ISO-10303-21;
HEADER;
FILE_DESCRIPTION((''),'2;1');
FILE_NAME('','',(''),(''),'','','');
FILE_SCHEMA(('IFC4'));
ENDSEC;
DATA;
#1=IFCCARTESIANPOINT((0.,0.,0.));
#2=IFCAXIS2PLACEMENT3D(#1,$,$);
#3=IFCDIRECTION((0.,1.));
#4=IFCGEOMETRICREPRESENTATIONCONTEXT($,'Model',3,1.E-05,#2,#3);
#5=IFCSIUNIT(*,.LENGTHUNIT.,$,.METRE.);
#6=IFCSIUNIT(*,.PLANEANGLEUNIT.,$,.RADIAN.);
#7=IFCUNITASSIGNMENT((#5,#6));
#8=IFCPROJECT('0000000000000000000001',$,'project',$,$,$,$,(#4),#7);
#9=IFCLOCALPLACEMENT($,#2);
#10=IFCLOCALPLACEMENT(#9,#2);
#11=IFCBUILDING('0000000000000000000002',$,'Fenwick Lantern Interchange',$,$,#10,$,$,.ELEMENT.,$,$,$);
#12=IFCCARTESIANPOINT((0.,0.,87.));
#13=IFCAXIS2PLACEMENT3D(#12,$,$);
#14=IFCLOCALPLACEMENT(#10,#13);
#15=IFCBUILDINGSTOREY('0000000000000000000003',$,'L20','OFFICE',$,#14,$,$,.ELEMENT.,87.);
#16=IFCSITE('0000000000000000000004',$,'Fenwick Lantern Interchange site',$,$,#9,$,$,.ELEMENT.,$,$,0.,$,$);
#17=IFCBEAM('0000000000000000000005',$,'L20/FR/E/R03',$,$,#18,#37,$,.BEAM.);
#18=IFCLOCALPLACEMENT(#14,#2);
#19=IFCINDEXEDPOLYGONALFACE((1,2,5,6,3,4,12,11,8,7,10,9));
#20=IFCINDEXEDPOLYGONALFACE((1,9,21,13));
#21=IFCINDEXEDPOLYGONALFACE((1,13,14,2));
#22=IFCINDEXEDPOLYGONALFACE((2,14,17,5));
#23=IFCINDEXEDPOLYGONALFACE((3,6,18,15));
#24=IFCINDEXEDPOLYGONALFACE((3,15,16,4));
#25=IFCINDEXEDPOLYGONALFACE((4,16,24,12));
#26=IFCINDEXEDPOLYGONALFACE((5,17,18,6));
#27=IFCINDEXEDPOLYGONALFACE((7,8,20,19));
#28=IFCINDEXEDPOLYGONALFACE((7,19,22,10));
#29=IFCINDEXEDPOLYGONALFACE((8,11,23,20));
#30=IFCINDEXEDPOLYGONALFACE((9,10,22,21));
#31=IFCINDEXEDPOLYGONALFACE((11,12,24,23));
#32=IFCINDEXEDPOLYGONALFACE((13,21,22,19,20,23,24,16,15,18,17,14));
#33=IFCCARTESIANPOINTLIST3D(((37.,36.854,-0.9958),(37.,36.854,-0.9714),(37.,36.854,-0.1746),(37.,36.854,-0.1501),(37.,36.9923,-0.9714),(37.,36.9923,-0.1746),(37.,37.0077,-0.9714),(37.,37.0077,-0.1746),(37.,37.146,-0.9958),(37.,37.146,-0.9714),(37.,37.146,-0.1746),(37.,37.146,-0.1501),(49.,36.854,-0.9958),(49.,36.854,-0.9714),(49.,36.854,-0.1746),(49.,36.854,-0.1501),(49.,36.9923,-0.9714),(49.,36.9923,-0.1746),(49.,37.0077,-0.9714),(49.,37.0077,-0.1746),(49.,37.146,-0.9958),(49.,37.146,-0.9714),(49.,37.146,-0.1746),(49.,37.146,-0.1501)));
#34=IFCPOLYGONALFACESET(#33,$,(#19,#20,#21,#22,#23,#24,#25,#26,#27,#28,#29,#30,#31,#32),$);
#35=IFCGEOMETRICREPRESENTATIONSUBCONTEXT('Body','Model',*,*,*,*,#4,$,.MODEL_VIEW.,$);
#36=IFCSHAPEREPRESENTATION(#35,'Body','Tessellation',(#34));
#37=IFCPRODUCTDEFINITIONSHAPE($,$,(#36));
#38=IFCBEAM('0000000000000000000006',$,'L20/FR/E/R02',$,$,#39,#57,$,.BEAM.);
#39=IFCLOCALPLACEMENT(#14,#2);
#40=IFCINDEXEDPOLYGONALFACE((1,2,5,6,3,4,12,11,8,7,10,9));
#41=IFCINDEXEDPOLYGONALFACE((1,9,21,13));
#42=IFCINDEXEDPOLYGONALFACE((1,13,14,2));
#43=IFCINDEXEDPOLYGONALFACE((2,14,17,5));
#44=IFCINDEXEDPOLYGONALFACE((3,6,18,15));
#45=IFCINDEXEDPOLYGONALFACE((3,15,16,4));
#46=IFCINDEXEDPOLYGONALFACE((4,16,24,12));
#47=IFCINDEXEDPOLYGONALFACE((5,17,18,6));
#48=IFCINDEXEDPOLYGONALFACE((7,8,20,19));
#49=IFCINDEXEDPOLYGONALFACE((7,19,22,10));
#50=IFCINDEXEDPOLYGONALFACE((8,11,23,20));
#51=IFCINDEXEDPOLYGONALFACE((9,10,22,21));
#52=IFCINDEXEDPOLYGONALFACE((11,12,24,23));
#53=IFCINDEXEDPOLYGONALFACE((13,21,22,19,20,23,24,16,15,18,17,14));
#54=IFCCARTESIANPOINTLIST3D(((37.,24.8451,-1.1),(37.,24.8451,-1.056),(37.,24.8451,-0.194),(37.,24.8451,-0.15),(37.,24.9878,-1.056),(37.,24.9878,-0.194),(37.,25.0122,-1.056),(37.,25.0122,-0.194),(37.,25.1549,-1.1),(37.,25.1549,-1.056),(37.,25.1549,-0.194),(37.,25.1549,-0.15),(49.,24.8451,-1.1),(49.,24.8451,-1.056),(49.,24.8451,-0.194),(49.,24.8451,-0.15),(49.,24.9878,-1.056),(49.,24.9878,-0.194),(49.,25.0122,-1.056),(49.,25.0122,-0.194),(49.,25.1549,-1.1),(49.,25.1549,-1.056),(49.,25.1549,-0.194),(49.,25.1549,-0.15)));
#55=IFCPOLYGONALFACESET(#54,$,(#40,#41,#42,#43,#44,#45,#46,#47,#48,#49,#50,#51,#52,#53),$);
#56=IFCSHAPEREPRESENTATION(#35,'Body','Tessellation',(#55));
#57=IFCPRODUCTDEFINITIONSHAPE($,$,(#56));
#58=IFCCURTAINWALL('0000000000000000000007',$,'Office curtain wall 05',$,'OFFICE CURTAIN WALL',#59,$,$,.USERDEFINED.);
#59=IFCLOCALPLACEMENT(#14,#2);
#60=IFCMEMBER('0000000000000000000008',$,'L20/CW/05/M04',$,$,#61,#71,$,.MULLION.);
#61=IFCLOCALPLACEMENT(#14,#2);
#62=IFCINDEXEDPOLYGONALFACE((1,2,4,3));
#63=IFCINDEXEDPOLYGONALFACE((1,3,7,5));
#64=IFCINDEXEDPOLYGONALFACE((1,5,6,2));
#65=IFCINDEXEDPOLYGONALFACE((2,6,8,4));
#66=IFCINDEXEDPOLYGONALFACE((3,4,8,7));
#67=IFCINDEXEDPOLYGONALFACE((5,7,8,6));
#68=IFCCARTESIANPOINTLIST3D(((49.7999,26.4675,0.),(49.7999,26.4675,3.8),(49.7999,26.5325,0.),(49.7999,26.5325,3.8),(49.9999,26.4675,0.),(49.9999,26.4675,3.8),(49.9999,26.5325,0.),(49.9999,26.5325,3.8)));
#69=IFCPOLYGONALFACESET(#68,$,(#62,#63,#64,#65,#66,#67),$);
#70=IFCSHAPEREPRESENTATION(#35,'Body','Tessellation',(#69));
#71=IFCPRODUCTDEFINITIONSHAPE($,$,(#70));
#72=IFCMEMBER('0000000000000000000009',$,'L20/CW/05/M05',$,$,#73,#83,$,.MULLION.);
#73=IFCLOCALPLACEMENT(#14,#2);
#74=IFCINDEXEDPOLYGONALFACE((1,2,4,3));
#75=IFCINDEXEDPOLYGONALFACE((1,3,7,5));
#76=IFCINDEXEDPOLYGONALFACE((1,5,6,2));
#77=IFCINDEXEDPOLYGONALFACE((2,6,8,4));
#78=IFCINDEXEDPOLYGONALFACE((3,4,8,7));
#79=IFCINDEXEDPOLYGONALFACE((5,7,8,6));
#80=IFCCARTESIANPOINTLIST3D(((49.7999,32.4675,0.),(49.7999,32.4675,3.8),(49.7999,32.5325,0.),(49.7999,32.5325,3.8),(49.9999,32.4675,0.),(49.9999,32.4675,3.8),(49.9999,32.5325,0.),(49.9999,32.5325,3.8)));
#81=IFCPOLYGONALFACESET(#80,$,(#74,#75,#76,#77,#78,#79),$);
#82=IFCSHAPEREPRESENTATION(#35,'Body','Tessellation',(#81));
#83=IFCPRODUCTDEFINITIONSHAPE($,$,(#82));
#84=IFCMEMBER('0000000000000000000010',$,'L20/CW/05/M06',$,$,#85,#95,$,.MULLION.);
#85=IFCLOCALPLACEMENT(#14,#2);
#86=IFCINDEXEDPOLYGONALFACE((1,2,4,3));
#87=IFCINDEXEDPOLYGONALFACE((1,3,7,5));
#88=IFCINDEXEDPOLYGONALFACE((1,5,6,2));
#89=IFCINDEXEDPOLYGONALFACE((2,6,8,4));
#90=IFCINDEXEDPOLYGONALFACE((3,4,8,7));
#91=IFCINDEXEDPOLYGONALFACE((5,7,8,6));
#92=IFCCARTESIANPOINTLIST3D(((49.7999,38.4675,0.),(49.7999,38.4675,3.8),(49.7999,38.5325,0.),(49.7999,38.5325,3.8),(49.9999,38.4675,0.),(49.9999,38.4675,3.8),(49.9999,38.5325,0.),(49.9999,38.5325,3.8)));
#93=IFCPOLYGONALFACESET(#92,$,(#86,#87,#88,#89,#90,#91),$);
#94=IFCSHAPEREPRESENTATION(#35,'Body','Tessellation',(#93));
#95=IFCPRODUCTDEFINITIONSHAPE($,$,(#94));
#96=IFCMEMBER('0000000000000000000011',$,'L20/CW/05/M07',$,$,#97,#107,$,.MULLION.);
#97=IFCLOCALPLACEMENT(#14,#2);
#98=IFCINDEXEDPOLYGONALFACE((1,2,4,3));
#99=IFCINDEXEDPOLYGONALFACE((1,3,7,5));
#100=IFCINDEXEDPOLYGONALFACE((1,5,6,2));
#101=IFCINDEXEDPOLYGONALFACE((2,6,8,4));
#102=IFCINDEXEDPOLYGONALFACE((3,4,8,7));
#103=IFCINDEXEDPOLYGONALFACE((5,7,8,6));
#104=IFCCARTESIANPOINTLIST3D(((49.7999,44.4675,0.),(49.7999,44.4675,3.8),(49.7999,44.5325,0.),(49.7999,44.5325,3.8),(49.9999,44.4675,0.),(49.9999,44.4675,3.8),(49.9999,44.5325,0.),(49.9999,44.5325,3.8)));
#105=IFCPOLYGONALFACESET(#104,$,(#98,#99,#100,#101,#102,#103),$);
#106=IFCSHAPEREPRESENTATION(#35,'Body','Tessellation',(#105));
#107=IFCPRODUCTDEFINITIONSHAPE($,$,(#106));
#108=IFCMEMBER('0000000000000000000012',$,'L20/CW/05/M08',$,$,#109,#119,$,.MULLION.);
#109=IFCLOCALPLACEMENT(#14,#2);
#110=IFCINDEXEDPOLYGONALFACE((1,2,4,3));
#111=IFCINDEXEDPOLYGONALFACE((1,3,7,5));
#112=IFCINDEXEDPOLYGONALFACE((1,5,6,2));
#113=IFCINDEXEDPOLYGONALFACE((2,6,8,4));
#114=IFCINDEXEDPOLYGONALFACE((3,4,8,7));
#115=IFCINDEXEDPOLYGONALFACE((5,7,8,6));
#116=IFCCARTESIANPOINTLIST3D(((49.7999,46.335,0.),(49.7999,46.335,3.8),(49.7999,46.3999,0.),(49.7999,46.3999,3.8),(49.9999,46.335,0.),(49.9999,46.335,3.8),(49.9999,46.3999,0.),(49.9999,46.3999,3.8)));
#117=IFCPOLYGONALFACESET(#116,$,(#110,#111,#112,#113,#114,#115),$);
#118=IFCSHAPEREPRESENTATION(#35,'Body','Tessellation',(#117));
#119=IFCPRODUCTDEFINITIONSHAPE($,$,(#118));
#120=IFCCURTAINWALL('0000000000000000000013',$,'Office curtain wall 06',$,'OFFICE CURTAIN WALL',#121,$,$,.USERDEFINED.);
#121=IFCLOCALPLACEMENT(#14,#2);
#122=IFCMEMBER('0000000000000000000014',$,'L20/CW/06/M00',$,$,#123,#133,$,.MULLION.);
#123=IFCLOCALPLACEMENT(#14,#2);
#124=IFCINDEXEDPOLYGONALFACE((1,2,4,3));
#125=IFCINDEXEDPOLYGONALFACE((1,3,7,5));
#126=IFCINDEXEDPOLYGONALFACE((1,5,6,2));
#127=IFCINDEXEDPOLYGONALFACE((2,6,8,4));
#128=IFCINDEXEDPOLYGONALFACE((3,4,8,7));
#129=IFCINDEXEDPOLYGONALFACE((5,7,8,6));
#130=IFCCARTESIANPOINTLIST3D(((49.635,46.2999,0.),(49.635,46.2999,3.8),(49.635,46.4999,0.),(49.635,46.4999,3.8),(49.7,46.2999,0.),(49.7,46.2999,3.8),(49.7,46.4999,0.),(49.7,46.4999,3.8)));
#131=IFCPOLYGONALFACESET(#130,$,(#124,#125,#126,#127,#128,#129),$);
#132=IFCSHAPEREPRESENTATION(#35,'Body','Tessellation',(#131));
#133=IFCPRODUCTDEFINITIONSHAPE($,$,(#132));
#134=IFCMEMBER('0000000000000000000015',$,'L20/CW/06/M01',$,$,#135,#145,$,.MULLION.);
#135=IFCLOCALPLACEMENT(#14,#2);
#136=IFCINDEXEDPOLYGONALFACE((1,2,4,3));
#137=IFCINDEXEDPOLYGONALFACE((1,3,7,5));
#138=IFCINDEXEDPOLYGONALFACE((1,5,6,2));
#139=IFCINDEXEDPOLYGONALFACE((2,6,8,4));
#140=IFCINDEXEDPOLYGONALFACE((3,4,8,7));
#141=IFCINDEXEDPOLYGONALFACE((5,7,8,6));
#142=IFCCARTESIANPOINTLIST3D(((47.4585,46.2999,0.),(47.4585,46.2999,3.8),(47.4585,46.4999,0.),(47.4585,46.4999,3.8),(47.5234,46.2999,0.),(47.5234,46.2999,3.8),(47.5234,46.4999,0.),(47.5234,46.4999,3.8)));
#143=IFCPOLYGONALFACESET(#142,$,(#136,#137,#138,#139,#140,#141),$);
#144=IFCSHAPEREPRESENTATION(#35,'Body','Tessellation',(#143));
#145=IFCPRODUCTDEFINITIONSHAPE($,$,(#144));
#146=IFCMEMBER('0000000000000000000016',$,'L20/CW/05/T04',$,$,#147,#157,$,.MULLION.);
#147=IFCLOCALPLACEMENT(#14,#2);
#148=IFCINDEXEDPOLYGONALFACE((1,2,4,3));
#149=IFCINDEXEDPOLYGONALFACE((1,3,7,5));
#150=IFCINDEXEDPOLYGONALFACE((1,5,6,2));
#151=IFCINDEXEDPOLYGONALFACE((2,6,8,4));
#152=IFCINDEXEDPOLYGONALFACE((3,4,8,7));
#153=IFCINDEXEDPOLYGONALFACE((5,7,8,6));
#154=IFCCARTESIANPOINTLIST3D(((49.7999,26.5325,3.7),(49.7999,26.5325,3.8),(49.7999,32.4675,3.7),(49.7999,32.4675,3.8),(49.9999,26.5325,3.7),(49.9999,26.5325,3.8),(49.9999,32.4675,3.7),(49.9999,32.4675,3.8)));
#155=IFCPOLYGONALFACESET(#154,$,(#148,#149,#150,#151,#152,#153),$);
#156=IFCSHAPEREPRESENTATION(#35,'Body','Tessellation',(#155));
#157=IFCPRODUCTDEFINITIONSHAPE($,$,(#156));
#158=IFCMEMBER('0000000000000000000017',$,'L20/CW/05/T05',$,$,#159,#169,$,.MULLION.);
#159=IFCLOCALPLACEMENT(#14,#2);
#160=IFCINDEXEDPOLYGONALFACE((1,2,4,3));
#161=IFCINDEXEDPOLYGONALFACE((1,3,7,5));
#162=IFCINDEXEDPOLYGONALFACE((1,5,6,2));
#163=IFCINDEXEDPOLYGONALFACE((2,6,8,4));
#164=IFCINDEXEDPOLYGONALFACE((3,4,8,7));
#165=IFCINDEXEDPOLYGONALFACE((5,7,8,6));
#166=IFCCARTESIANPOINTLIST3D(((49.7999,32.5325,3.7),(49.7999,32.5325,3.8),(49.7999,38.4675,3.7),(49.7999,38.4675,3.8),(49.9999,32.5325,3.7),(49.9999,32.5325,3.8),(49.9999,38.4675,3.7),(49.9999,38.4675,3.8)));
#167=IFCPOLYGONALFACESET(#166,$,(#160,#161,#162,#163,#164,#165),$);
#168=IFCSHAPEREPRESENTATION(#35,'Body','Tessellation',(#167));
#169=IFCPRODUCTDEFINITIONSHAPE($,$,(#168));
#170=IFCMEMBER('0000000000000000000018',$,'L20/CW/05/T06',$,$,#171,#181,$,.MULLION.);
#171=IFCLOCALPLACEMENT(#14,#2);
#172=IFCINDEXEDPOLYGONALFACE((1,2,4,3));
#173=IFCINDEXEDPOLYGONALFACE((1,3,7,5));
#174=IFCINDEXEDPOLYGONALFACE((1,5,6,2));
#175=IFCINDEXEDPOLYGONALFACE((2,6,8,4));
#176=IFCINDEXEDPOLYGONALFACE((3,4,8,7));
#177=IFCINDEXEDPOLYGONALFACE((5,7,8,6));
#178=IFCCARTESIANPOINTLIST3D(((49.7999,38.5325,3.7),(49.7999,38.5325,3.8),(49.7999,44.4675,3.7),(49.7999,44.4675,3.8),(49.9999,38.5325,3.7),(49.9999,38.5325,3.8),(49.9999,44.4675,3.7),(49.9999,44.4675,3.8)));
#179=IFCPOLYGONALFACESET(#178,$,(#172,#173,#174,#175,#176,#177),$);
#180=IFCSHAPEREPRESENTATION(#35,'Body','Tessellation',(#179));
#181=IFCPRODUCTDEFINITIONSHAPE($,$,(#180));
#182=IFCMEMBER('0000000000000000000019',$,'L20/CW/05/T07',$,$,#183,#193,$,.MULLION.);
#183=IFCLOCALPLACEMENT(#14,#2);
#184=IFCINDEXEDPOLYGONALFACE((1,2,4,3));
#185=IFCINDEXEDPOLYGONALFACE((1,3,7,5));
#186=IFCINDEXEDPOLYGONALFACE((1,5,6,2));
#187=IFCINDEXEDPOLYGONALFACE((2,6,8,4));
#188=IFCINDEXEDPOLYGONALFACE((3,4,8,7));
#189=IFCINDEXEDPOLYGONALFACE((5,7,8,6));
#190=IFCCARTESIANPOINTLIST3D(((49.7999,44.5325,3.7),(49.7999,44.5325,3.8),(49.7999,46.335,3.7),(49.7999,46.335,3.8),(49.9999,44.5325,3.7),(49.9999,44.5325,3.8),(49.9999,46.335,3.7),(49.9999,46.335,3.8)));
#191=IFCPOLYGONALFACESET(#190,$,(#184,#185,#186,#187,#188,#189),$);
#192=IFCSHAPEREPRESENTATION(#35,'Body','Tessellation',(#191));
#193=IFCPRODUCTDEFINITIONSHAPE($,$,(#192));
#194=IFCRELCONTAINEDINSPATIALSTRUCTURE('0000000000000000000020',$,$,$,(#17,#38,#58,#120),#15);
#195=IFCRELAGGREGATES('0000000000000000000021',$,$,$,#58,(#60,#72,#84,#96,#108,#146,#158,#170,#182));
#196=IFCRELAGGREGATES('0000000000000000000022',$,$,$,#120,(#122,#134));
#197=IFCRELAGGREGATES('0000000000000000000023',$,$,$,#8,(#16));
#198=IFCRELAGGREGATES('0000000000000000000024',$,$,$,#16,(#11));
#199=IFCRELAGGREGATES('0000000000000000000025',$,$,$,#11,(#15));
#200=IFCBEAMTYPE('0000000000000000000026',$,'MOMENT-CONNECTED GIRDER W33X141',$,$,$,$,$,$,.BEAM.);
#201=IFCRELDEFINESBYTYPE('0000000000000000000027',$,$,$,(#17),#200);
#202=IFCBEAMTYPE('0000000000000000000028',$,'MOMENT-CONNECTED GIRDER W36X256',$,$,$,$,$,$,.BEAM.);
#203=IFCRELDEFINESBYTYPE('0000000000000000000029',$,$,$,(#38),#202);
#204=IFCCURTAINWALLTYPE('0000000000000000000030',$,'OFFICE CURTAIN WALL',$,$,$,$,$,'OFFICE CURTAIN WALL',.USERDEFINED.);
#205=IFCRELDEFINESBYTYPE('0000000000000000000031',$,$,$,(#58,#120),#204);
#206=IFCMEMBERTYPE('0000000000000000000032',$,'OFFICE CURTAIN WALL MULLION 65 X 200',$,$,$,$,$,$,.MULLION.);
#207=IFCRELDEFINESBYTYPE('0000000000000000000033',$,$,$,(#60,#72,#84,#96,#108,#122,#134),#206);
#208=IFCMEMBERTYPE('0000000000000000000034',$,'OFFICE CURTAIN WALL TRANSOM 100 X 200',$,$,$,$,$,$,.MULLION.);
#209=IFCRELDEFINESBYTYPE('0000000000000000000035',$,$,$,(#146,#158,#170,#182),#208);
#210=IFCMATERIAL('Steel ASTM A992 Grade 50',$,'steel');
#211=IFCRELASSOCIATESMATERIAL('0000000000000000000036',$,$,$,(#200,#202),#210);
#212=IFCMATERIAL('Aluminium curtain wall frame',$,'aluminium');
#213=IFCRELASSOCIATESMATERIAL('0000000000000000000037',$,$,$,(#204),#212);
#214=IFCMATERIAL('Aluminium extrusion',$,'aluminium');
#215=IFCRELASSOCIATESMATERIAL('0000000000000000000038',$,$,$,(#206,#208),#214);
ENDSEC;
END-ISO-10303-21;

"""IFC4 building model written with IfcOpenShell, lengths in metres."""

from ifc_helpers import new_model, si_unit, direction, frame, origin, origin_2d, place, context, subcontext, project, spatial, rectangle, i_section, extrude, material, material_profile, profile_set, type_object, element, aggregate, save


model = new_model("IFC4")

# Units and contexts
model_context = context("Model", 3, precision=1e-05, world=origin(), true_north=direction((0.0, 1.0)))
body_context = subcontext(model_context, "Body", "Model", "MODEL_VIEW")
ifc_project = project(units=[si_unit("LENGTHUNIT", "METRE"), si_unit("PLANEANGLEUNIT", "RADIAN")], contexts=[model_context])

# Site, building, storey
site_placement = place(None, origin())
site = spatial("IfcSite", under=ifc_project, at=site_placement, Name="Fenwick Lantern Interchange site", CompositionType="ELEMENT", RefElevation=0.0)
building_placement = place(site_placement, origin())
building = spatial("IfcBuilding", under=site, at=building_placement, Name="Fenwick Lantern Interchange", CompositionType="ELEMENT")
storey_placement = place(building_placement, frame((0.0, 0.0, 87.0)))
storey = spatial("IfcBuildingStorey", under=building, at=storey_placement, Name="L20", Description="OFFICE", CompositionType="ELEMENT", Elevation=87.0)

# Beams
ifc_material_1 = material(Name="Steel ASTM A992 Grade 50", Category="steel")
ifc_material_profile_1 = material_profile(ifc_material_1, i_section(OverallWidth=0.292, OverallDepth=0.8457, WebThickness=0.0154, FlangeThickness=0.0244, at=origin_2d()), Name="W33X141")
ifc_profile_set_1 = profile_set([ifc_material_profile_1], Name="Steel ASTM A992 Grade 50")
beam_type_1 = type_object("IfcBeamType", Name="MOMENT-CONNECTED GIRDER W33X141", PredefinedType="BEAM", material=ifc_profile_set_1)
beam_1_placement = place(storey_placement, frame((49.0, 37.0, -0.573), z_axis=(-1.0, 0.0, 0.0), x_axis=(0.0, -1.0, 0.0)))
element("IfcBeam", 1, at=beam_1_placement, inside=storey, type_object=beam_type_1, Name="L20/FR/E/R03", PredefinedType="BEAM", context=body_context, shape_type="SweptSolid", body=[
    extrude(i_section(OverallWidth=0.292, OverallDepth=0.8457, WebThickness=0.0154, FlangeThickness=0.0244, at=origin_2d()), origin(), (0.0, 0.0, 1.0), 12.0),
])
ifc_material_profile_2 = material_profile(ifc_material_1, i_section(OverallWidth=0.3098, OverallDepth=0.95, WebThickness=0.0244, FlangeThickness=0.0439, at=origin_2d()), Name="W36X256")
ifc_profile_set_2 = profile_set([ifc_material_profile_2], Name="Steel ASTM A992 Grade 50")
beam_type_2 = type_object("IfcBeamType", Name="MOMENT-CONNECTED GIRDER W36X256", PredefinedType="BEAM", material=ifc_profile_set_2)
beam_2_placement = place(storey_placement, frame((49.0, 25.0, -0.625), z_axis=(-1.0, 0.0, 0.0), x_axis=(0.0, -1.0, 0.0)))
element("IfcBeam", 2, at=beam_2_placement, inside=storey, type_object=beam_type_2, Name="L20/FR/E/R02", PredefinedType="BEAM", context=body_context, shape_type="SweptSolid", body=[
    extrude(i_section(OverallWidth=0.3098, OverallDepth=0.95, WebThickness=0.0244, FlangeThickness=0.0439, at=origin_2d()), origin(), (0.0, 0.0, 1.0), 12.0),
])

# Curtain walls, members
ifc_material_2 = material(Name="Aluminium curtain wall frame", Category="aluminium")
curtain_wall_type = type_object("IfcCurtainWallType", Name="OFFICE CURTAIN WALL", ElementType="OFFICE CURTAIN WALL", PredefinedType="USERDEFINED", material=ifc_material_2)
curtain_wall_1_placement = place(storey_placement, origin())
curtain_wall_1 = element("IfcCurtainWall", 3, at=curtain_wall_1_placement, inside=storey, type_object=curtain_wall_type, Name="Office curtain wall 05", ObjectType="OFFICE CURTAIN WALL", PredefinedType="USERDEFINED")
ifc_material_3 = material(Name="Aluminium extrusion", Category="aluminium")
ifc_material_profile_3 = material_profile(ifc_material_3, rectangle(XDim=0.2, YDim=0.0649, at=origin_2d()), Name="OFFICE CURTAIN WALL MULLION 65 X 200")
ifc_profile_set_3 = profile_set([ifc_material_profile_3], Name="Aluminium extrusion")
member_type_1 = type_object("IfcMemberType", Name="OFFICE CURTAIN WALL MULLION 65 X 200", PredefinedType="MULLION", material=ifc_profile_set_3)
member_1_placement = place(storey_placement, frame((49.8999, 26.5, 0.0), z_axis=(0.0, 0.0, 1.0), x_axis=(-1.0, 0.0, 0.0)))
member_1 = element("IfcMember", 4, at=member_1_placement, type_object=member_type_1, Name="L20/CW/05/M04", PredefinedType="MULLION", context=body_context, shape_type="SweptSolid", body=[
    extrude(rectangle(XDim=0.2, YDim=0.0649, at=origin_2d()), origin(), (0.0, 0.0, 1.0), 3.8),
])
member_2_placement = place(storey_placement, frame((49.8999, 32.5, 0.0), z_axis=(0.0, 0.0, 1.0), x_axis=(-1.0, 0.0, 0.0)))
member_2 = element("IfcMember", 5, at=member_2_placement, type_object=member_type_1, Name="L20/CW/05/M05", PredefinedType="MULLION", context=body_context, shape_type="SweptSolid", body=[
    extrude(rectangle(XDim=0.2, YDim=0.0649, at=origin_2d()), origin(), (0.0, 0.0, 1.0), 3.8),
])
member_3_placement = place(storey_placement, frame((49.8999, 38.5, 0.0), z_axis=(0.0, 0.0, 1.0), x_axis=(-1.0, 0.0, 0.0)))
member_3 = element("IfcMember", 6, at=member_3_placement, type_object=member_type_1, Name="L20/CW/05/M06", PredefinedType="MULLION", context=body_context, shape_type="SweptSolid", body=[
    extrude(rectangle(XDim=0.2, YDim=0.0649, at=origin_2d()), origin(), (0.0, 0.0, 1.0), 3.8),
])
member_4_placement = place(storey_placement, frame((49.8999, 44.5, 0.0), z_axis=(0.0, 0.0, 1.0), x_axis=(-1.0, 0.0, 0.0)))
member_4 = element("IfcMember", 7, at=member_4_placement, type_object=member_type_1, Name="L20/CW/05/M07", PredefinedType="MULLION", context=body_context, shape_type="SweptSolid", body=[
    extrude(rectangle(XDim=0.2, YDim=0.0649, at=origin_2d()), origin(), (0.0, 0.0, 1.0), 3.8),
])
member_5_placement = place(storey_placement, frame((49.8999, 46.3674, 0.0), z_axis=(0.0, 0.0, 1.0), x_axis=(-1.0, 0.0, 0.0)))
member_5 = element("IfcMember", 8, at=member_5_placement, type_object=member_type_1, Name="L20/CW/05/M08", PredefinedType="MULLION", context=body_context, shape_type="SweptSolid", body=[
    extrude(rectangle(XDim=0.2, YDim=0.0649, at=origin_2d()), origin(), (0.0, 0.0, 1.0), 3.8),
])
curtain_wall_2_placement = place(storey_placement, origin())
curtain_wall_2 = element("IfcCurtainWall", 9, at=curtain_wall_2_placement, inside=storey, type_object=curtain_wall_type, Name="Office curtain wall 06", ObjectType="OFFICE CURTAIN WALL", PredefinedType="USERDEFINED")
member_6_placement = place(storey_placement, frame((49.6675, 46.3999, 0.0), z_axis=(0.0, 0.0, 1.0), x_axis=(0.0, -1.0, 0.0)))
member_6 = element("IfcMember", 10, at=member_6_placement, type_object=member_type_1, Name="L20/CW/06/M00", PredefinedType="MULLION", context=body_context, shape_type="SweptSolid", body=[
    extrude(rectangle(XDim=0.2, YDim=0.0649, at=origin_2d()), origin(), (0.0, 0.0, 1.0), 3.8),
])
member_7_placement = place(storey_placement, frame((47.491, 46.3999, 0.0), z_axis=(0.0, 0.0, 1.0), x_axis=(0.0, -1.0, 0.0)))
member_7 = element("IfcMember", 11, at=member_7_placement, type_object=member_type_1, Name="L20/CW/06/M01", PredefinedType="MULLION", context=body_context, shape_type="SweptSolid", body=[
    extrude(rectangle(XDim=0.2, YDim=0.0649, at=origin_2d()), origin(), (0.0, 0.0, 1.0), 3.8),
])

# Members
ifc_material_profile_4 = material_profile(ifc_material_3, rectangle(XDim=0.2, YDim=0.1001, at=origin_2d()), Name="OFFICE CURTAIN WALL TRANSOM 100 X 200")
ifc_profile_set_4 = profile_set([ifc_material_profile_4], Name="Aluminium extrusion")
member_type_2 = type_object("IfcMemberType", Name="OFFICE CURTAIN WALL TRANSOM 100 X 200", PredefinedType="MULLION", material=ifc_profile_set_4)
member_8_placement = place(storey_placement, frame((49.8999, 26.5325, 3.75), z_axis=(0.0, 1.0, 0.0), x_axis=(-1.0, 0.0, 0.0)))
member_8 = element("IfcMember", 12, at=member_8_placement, type_object=member_type_2, Name="L20/CW/05/T04", PredefinedType="MULLION", context=body_context, shape_type="SweptSolid", body=[
    extrude(rectangle(XDim=0.2, YDim=0.1001, at=origin_2d()), origin(), (0.0, 0.0, 1.0), 5.9351),
])
member_9_placement = place(storey_placement, frame((49.8999, 32.5325, 3.75), z_axis=(0.0, 1.0, 0.0), x_axis=(-1.0, 0.0, 0.0)))
member_9 = element("IfcMember", 13, at=member_9_placement, type_object=member_type_2, Name="L20/CW/05/T05", PredefinedType="MULLION", context=body_context, shape_type="SweptSolid", body=[
    extrude(rectangle(XDim=0.2, YDim=0.1001, at=origin_2d()), origin(), (0.0, 0.0, 1.0), 5.9351),
])
member_10_placement = place(storey_placement, frame((49.8999, 38.5325, 3.75), z_axis=(0.0, 1.0, 0.0), x_axis=(-1.0, 0.0, 0.0)))
member_10 = element("IfcMember", 14, at=member_10_placement, type_object=member_type_2, Name="L20/CW/05/T06", PredefinedType="MULLION", context=body_context, shape_type="SweptSolid", body=[
    extrude(rectangle(XDim=0.2, YDim=0.1001, at=origin_2d()), origin(), (0.0, 0.0, 1.0), 5.9351),
])
member_11_placement = place(storey_placement, frame((49.8999, 44.5325, 3.75), z_axis=(0.0, 1.0, 0.0), x_axis=(-1.0, 0.0, 0.0)))
member_11 = element("IfcMember", 15, at=member_11_placement, type_object=member_type_2, Name="L20/CW/05/T07", PredefinedType="MULLION", context=body_context, shape_type="SweptSolid", body=[
    extrude(rectangle(XDim=0.2, YDim=0.1001, at=origin_2d()), origin(), (0.0, 0.0, 1.0), 1.8025),
])
aggregate(curtain_wall_1, [member_1, member_2, member_3, member_4, member_5, member_8, member_9, member_10, member_11])
aggregate(curtain_wall_2, [member_6, member_7])

save(model, "model.ifc")
